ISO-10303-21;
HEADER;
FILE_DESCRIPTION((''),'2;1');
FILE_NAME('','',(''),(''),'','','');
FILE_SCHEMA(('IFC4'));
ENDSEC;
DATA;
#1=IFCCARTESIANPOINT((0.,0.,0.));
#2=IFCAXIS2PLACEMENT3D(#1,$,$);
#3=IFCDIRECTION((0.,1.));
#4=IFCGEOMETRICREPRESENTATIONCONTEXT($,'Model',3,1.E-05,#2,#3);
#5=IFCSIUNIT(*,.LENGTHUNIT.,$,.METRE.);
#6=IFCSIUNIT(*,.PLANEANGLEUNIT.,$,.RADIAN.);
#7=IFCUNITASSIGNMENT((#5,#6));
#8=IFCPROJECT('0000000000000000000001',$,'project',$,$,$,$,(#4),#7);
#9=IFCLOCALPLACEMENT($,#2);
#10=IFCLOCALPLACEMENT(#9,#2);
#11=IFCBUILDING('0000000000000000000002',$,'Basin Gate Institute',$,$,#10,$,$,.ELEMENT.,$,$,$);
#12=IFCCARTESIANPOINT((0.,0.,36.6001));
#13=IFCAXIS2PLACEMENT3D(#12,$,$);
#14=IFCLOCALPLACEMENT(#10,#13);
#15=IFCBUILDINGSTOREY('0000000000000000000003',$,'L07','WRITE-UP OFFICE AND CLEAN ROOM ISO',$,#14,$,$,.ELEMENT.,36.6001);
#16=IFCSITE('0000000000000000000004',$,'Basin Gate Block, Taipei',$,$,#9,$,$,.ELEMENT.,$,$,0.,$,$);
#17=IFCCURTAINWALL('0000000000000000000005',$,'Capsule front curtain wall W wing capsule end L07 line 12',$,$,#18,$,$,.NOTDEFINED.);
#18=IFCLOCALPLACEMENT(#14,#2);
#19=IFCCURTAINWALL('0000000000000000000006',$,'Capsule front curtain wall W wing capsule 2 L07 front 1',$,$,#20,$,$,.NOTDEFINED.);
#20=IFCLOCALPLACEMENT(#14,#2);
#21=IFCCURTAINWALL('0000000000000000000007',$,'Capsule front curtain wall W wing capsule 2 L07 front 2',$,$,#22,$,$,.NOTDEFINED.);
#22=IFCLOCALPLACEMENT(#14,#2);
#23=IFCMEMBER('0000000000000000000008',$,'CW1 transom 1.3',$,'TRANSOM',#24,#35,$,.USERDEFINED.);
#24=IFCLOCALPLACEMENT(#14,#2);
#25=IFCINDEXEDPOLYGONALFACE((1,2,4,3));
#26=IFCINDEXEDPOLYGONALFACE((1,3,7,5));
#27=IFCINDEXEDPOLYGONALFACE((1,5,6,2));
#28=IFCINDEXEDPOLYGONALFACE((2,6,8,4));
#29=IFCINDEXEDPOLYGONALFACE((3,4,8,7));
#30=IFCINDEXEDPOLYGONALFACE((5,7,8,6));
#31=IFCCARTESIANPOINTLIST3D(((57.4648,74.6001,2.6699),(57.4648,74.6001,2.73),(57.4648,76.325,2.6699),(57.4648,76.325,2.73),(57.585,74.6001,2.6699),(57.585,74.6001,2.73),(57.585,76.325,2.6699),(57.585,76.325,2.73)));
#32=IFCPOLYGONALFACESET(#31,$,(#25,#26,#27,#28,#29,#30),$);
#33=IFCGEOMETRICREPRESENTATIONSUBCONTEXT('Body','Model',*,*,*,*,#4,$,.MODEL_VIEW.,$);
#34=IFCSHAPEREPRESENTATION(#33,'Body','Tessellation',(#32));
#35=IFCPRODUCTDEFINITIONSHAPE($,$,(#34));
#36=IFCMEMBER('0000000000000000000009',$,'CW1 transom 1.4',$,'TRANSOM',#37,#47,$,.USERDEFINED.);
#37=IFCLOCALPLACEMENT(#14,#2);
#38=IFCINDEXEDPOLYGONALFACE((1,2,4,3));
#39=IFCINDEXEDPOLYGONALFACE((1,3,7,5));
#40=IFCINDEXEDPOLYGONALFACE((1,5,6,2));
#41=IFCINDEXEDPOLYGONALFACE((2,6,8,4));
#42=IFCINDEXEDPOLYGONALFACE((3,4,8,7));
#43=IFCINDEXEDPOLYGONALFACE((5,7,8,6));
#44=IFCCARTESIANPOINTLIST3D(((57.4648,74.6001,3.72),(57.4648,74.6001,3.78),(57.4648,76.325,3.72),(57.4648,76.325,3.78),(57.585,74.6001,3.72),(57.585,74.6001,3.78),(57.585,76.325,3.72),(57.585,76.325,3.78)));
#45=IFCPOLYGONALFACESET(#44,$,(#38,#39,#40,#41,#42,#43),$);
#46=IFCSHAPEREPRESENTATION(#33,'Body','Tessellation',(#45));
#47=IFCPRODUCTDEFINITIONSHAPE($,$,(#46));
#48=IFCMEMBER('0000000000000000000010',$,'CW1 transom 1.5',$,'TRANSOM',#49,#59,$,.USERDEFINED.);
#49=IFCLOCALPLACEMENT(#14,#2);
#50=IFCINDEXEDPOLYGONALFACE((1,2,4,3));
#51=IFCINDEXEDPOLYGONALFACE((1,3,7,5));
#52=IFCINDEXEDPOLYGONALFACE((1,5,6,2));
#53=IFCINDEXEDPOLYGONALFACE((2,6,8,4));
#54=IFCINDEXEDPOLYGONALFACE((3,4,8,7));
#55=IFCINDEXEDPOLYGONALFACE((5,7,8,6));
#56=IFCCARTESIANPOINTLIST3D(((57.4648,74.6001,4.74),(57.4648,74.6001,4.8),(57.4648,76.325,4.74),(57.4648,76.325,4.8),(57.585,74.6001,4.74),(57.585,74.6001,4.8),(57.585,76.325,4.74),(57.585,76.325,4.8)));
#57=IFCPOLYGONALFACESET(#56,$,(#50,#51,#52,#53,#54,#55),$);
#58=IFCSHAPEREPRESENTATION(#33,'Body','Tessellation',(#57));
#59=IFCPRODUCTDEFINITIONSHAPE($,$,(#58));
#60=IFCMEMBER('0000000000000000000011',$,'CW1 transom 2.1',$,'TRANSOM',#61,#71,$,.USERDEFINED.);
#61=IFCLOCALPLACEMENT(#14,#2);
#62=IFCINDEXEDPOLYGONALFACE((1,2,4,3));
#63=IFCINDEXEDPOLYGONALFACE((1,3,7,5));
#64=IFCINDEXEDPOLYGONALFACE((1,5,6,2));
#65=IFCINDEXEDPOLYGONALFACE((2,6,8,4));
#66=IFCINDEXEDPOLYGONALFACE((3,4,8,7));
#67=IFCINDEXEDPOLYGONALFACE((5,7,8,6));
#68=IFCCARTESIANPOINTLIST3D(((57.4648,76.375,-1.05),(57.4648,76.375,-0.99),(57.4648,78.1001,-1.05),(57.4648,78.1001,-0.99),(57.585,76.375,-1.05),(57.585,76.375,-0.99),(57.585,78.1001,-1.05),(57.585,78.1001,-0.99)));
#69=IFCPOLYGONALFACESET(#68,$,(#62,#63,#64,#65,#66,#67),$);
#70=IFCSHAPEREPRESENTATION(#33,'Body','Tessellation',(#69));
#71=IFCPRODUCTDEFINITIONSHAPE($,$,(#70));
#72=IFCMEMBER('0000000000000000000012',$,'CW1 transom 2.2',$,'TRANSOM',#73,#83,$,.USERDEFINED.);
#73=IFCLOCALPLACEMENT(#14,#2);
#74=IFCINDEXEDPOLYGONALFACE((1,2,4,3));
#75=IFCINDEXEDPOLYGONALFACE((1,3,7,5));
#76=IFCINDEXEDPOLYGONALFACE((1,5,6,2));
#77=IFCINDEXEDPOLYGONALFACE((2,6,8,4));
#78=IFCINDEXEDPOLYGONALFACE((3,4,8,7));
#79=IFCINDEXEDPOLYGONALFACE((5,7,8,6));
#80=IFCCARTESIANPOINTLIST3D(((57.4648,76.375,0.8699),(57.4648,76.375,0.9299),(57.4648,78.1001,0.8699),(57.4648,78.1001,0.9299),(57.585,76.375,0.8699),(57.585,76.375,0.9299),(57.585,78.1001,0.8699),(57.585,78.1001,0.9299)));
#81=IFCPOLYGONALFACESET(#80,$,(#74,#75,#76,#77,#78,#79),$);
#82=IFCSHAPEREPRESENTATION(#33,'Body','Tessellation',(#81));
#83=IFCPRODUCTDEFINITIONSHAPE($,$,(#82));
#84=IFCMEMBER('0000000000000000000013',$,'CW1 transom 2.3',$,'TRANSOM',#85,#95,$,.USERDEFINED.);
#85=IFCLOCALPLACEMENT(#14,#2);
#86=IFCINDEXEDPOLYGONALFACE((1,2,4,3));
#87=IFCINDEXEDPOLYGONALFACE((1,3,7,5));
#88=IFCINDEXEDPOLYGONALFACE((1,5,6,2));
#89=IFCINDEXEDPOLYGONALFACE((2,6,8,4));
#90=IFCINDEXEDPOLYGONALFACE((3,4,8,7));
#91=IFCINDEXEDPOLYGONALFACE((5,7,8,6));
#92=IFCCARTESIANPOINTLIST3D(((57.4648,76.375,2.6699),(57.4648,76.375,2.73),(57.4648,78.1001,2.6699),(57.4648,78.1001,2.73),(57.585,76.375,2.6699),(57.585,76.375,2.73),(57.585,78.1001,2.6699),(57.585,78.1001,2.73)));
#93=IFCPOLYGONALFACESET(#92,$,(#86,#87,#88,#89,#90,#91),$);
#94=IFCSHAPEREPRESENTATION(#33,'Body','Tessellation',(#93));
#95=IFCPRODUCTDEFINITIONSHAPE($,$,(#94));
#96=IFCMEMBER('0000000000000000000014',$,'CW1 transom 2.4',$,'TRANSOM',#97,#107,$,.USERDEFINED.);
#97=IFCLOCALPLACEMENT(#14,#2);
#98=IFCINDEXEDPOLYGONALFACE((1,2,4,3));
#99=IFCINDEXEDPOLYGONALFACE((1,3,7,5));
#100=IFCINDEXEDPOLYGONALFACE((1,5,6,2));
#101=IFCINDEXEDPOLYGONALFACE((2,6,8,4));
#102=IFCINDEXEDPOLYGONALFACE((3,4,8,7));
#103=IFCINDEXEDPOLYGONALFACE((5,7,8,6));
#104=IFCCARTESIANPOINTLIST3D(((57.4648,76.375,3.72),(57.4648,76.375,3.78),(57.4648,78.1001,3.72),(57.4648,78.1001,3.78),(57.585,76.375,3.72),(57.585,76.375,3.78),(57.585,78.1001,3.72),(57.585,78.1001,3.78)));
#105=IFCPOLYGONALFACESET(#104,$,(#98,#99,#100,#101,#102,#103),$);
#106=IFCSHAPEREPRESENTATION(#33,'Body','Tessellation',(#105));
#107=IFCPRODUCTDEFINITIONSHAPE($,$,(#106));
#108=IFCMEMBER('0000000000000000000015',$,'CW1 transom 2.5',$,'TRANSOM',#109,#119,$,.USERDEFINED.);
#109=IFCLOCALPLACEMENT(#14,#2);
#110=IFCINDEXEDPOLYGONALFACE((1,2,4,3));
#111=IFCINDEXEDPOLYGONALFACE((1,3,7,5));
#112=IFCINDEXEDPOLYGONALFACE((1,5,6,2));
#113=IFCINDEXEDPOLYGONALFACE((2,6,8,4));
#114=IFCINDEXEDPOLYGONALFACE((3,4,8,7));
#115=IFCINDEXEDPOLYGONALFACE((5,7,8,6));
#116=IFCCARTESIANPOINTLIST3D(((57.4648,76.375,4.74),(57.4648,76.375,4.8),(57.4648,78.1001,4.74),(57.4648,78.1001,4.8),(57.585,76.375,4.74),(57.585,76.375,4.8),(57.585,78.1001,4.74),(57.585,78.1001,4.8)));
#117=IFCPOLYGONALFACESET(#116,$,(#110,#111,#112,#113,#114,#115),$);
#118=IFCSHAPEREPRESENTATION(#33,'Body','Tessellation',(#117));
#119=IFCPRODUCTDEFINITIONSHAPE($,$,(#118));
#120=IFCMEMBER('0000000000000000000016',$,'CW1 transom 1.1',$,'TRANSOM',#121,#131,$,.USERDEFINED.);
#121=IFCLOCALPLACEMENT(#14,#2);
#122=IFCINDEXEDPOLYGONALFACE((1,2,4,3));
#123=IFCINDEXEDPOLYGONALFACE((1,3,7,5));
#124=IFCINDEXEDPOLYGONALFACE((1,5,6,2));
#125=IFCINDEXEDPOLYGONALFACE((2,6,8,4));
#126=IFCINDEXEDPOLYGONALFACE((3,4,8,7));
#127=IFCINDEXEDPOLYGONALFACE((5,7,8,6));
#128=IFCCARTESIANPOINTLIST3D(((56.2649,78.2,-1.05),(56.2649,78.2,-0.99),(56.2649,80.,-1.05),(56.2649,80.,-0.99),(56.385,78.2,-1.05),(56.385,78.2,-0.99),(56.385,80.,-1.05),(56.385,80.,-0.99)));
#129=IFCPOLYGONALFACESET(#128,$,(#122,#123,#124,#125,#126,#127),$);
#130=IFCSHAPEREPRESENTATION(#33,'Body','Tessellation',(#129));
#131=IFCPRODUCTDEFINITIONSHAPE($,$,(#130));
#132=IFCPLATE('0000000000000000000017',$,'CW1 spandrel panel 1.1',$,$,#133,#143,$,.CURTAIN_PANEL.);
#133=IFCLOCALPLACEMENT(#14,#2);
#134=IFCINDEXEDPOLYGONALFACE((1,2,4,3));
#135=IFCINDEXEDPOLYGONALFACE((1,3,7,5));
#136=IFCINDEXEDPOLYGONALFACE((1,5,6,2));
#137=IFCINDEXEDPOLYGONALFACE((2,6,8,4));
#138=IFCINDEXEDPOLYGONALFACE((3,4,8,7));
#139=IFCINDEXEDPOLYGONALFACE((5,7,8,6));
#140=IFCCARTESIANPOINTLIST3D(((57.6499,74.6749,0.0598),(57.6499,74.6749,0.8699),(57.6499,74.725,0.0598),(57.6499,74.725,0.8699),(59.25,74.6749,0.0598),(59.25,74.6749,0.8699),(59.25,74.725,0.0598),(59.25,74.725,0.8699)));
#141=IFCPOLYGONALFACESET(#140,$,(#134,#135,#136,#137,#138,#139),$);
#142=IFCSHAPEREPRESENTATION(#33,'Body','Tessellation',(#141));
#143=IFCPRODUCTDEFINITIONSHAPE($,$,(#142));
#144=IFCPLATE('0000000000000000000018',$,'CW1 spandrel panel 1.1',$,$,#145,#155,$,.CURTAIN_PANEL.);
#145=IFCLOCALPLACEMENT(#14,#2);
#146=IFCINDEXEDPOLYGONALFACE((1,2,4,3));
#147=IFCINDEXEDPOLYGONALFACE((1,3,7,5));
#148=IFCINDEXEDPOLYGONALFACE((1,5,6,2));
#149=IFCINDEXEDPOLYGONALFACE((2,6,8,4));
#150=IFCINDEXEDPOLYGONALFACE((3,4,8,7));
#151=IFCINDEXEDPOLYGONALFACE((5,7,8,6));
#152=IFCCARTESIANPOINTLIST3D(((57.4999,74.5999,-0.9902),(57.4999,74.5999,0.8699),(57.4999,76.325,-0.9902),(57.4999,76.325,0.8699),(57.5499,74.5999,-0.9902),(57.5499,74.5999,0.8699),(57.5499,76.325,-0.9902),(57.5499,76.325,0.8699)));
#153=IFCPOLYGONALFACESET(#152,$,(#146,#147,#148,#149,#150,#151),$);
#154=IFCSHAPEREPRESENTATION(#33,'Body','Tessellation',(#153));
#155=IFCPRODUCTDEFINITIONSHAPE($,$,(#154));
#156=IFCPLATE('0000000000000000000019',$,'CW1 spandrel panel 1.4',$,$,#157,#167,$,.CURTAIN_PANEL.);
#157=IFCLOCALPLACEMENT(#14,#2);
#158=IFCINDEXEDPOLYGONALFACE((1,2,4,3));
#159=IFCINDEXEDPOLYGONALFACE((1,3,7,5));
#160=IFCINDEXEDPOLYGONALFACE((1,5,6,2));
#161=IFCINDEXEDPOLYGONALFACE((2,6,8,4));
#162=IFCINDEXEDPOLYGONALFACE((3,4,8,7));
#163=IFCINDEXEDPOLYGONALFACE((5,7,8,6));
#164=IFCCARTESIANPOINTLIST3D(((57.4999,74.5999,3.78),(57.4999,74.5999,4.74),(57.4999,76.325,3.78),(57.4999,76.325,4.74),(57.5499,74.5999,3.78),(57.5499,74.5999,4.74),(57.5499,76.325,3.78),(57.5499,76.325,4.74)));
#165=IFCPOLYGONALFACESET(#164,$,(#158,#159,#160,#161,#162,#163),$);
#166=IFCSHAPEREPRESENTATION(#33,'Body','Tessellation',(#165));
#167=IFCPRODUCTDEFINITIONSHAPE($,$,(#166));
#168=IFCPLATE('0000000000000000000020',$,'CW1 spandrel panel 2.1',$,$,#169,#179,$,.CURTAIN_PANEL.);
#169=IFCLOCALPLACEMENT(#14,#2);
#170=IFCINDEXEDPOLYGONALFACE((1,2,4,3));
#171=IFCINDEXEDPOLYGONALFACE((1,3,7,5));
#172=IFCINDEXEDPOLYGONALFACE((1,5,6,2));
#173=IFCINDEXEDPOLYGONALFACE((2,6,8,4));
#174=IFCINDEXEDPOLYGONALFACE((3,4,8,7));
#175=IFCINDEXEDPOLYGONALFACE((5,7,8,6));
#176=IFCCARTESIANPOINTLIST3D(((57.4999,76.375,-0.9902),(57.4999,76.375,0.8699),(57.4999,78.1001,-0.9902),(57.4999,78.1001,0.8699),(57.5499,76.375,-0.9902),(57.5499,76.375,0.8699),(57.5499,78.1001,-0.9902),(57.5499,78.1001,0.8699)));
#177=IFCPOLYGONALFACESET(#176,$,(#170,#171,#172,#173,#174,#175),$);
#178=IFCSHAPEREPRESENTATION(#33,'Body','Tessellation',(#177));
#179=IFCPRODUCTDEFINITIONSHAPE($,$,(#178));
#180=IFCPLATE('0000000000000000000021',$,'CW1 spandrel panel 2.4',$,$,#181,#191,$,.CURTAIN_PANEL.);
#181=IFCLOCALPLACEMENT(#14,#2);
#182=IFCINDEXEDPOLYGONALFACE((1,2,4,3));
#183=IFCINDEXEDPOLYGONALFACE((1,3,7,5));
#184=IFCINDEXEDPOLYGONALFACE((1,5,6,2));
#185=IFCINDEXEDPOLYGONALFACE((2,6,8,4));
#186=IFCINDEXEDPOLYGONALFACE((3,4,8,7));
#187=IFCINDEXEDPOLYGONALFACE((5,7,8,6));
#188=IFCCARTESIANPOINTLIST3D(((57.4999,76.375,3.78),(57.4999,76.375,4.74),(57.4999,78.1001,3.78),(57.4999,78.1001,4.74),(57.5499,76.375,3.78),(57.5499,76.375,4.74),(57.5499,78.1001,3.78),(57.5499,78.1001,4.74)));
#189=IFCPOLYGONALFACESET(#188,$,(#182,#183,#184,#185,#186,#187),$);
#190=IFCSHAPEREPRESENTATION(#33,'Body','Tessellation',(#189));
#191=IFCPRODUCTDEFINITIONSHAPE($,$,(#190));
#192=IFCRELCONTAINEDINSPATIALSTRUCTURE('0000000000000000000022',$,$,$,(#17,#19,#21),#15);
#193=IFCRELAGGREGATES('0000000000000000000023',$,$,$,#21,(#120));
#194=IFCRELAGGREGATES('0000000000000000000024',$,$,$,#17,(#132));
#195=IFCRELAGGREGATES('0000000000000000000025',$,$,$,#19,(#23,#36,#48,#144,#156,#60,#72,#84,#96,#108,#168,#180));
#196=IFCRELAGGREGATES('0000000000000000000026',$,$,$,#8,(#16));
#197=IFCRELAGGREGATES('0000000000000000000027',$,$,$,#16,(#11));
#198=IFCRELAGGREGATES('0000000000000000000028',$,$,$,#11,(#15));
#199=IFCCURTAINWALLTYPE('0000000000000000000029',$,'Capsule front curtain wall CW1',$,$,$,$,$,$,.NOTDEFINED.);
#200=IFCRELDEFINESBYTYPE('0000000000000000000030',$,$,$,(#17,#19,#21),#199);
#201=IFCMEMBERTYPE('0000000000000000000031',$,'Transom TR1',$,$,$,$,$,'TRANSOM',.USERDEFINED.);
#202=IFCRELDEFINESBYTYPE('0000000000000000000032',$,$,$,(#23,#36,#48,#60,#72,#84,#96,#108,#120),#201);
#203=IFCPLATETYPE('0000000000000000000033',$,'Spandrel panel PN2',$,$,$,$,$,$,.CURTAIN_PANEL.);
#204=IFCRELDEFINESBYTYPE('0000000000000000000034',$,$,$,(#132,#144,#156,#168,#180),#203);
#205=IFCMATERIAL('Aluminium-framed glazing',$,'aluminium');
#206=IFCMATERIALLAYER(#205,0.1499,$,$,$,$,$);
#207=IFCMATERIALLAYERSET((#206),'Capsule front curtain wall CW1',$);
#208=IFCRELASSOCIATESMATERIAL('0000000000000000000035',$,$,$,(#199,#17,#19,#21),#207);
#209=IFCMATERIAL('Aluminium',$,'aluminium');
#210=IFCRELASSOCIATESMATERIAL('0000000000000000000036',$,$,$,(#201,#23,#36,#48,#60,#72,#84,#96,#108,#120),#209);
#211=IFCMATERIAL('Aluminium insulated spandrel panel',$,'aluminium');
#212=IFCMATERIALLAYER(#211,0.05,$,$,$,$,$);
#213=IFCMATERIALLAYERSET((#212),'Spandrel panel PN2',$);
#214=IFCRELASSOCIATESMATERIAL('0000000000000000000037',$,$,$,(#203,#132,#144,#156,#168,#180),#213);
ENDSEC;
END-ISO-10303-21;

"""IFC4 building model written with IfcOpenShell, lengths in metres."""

from ifc_helpers import new_model, si_unit, direction, frame, origin, origin_2d, place, context, subcontext, project, spatial, rectangle, extrude, material, layer, layer_set, material_profile, profile_set, type_object, element, aggregate, save


model = new_model("IFC4")

# Units and contexts
model_context = context("Model", 3, precision=1e-05, world=origin(), true_north=direction((0.0, 1.0)))
body_context = subcontext(model_context, "Body", "Model", "MODEL_VIEW")
ifc_project = project(units=[si_unit("LENGTHUNIT", "METRE"), si_unit("PLANEANGLEUNIT", "RADIAN")], contexts=[model_context])

# Site, building, storey
site_placement = place(None, origin())
site = spatial("IfcSite", under=ifc_project, at=site_placement, Name="Basin Gate Block, Taipei", CompositionType="ELEMENT", RefElevation=0.0)
building_placement = place(site_placement, origin())
building = spatial("IfcBuilding", under=site, at=building_placement, Name="Basin Gate Institute", CompositionType="ELEMENT")
storey_placement = place(building_placement, frame((0.0, 0.0, 36.6001)))
storey = spatial("IfcBuildingStorey", under=building, at=storey_placement, Name="L07", Description="WRITE-UP OFFICE AND CLEAN ROOM ISO", CompositionType="ELEMENT", Elevation=36.6001)

# Curtain walls
ifc_material_1 = material(Name="Aluminium-framed glazing", Category="aluminium")
ifc_layer_1 = layer(ifc_material_1, 0.1499)
ifc_layer_set_1 = layer_set([ifc_layer_1], Name="Capsule front curtain wall CW1")
curtain_wall_type = type_object("IfcCurtainWallType", Name="Capsule front curtain wall CW1", PredefinedType="NOTDEFINED", material=ifc_layer_set_1)
curtain_wall_1_placement = place(storey_placement, origin())
curtain_wall_1 = element("IfcCurtainWall", 1, at=curtain_wall_1_placement, inside=storey, type_object=curtain_wall_type, material=ifc_layer_set_1, Name="Capsule front curtain wall W wing capsule end L07 line 12", PredefinedType="NOTDEFINED")
curtain_wall_2_placement = place(storey_placement, origin())
curtain_wall_2 = element("IfcCurtainWall", 2, at=curtain_wall_2_placement, inside=storey, type_object=curtain_wall_type, material=ifc_layer_set_1, Name="Capsule front curtain wall W wing capsule 2 L07 front 1", PredefinedType="NOTDEFINED")

# Curtain wall
curtain_wall_3_placement = place(storey_placement, origin())
curtain_wall_3 = element("IfcCurtainWall", 3, at=curtain_wall_3_placement, inside=storey, type_object=curtain_wall_type, material=ifc_layer_set_1, Name="Capsule front curtain wall W wing capsule 2 L07 front 2", PredefinedType="NOTDEFINED")

# Members
ifc_material_2 = material(Name="Aluminium", Category="aluminium")
ifc_material_profile_1 = material_profile(ifc_material_2, rectangle(XDim=0.1201, YDim=0.0601, at=origin_2d()), Name="Transom TR1 120 x 60")
ifc_profile_set_1 = profile_set([ifc_material_profile_1], Name="Aluminium")
member_type_1 = type_object("IfcMemberType", Name="Transom TR1", ElementType="TRANSOM", PredefinedType="USERDEFINED", material=ifc_profile_set_1)
member_1_placement = place(storey_placement, frame((57.5249, 74.6001, 2.7), z_axis=(0.0, 1.0, 0.0), x_axis=(-1.0, 0.0, 0.0)))
member_1 = element("IfcMember", 4, at=member_1_placement, type_object=member_type_1, material=ifc_profile_set_1, Name="CW1 transom 1.3", ObjectType="TRANSOM", PredefinedType="USERDEFINED", context=body_context, shape_type="SweptSolid", body=[
    extrude(rectangle(XDim=0.1201, YDim=0.0601, at=origin_2d()), origin(), (0.0, 0.0, 1.0), 1.7249),
])
member_2_placement = place(storey_placement, frame((57.5249, 74.6001, 3.75), z_axis=(0.0, 1.0, 0.0), x_axis=(-1.0, 0.0, 0.0)))
member_2 = element("IfcMember", 5, at=member_2_placement, type_object=member_type_1, material=ifc_profile_set_1, Name="CW1 transom 1.4", ObjectType="TRANSOM", PredefinedType="USERDEFINED", context=body_context, shape_type="SweptSolid", body=[
    extrude(rectangle(XDim=0.1201, YDim=0.0601, at=origin_2d()), origin(), (0.0, 0.0, 1.0), 1.7249),
])
member_3_placement = place(storey_placement, frame((57.5249, 74.6001, 4.77), z_axis=(0.0, 1.0, 0.0), x_axis=(-1.0, 0.0, 0.0)))
member_3 = element("IfcMember", 6, at=member_3_placement, type_object=member_type_1, material=ifc_profile_set_1, Name="CW1 transom 1.5", ObjectType="TRANSOM", PredefinedType="USERDEFINED", context=body_context, shape_type="SweptSolid", body=[
    extrude(rectangle(XDim=0.1201, YDim=0.0601, at=origin_2d()), origin(), (0.0, 0.0, 1.0), 1.7249),
])
member_4_placement = place(storey_placement, frame((57.5249, 76.375, -1.02), z_axis=(0.0, 1.0, 0.0), x_axis=(-1.0, 0.0, 0.0)))
member_4 = element("IfcMember", 7, at=member_4_placement, type_object=member_type_1, material=ifc_profile_set_1, Name="CW1 transom 2.1", ObjectType="TRANSOM", PredefinedType="USERDEFINED", context=body_context, shape_type="SweptSolid", body=[
    extrude(rectangle(XDim=0.1201, YDim=0.0601, at=origin_2d()), origin(), (0.0, 0.0, 1.0), 1.7251),
])
member_5_placement = place(storey_placement, frame((57.5249, 76.375, 0.8999), z_axis=(0.0, 1.0, 0.0), x_axis=(-1.0, 0.0, 0.0)))
member_5 = element("IfcMember", 8, at=member_5_placement, type_object=member_type_1, material=ifc_profile_set_1, Name="CW1 transom 2.2", ObjectType="TRANSOM", PredefinedType="USERDEFINED", context=body_context, shape_type="SweptSolid", body=[
    extrude(rectangle(XDim=0.1201, YDim=0.0601, at=origin_2d()), origin(), (0.0, 0.0, 1.0), 1.7251),
])
member_6_placement = place(storey_placement, frame((57.5249, 76.375, 2.7), z_axis=(0.0, 1.0, 0.0), x_axis=(-1.0, 0.0, 0.0)))
member_6 = element("IfcMember", 9, at=member_6_placement, type_object=member_type_1, material=ifc_profile_set_1, Name="CW1 transom 2.3", ObjectType="TRANSOM", PredefinedType="USERDEFINED", context=body_context, shape_type="SweptSolid", body=[
    extrude(rectangle(XDim=0.1201, YDim=0.0601, at=origin_2d()), origin(), (0.0, 0.0, 1.0), 1.7251),
])
member_7_placement = place(storey_placement, frame((57.5249, 76.375, 3.75), z_axis=(0.0, 1.0, 0.0), x_axis=(-1.0, 0.0, 0.0)))
member_7 = element("IfcMember", 10, at=member_7_placement, type_object=member_type_1, material=ifc_profile_set_1, Name="CW1 transom 2.4", ObjectType="TRANSOM", PredefinedType="USERDEFINED", context=body_context, shape_type="SweptSolid", body=[
    extrude(rectangle(XDim=0.1201, YDim=0.0601, at=origin_2d()), origin(), (0.0, 0.0, 1.0), 1.7251),
])
member_8_placement = place(storey_placement, frame((57.5249, 76.375, 4.77), z_axis=(0.0, 1.0, 0.0), x_axis=(-1.0, 0.0, 0.0)))
member_8 = element("IfcMember", 11, at=member_8_placement, type_object=member_type_1, material=ifc_profile_set_1, Name="CW1 transom 2.5", ObjectType="TRANSOM", PredefinedType="USERDEFINED", context=body_context, shape_type="SweptSolid", body=[
    extrude(rectangle(XDim=0.1201, YDim=0.0601, at=origin_2d()), origin(), (0.0, 0.0, 1.0), 1.7251),
])
member_9_placement = place(storey_placement, frame((56.325, 78.2, -1.02), z_axis=(0.0, 1.0, 0.0), x_axis=(-1.0, 0.0, 0.0)))
member_9 = element("IfcMember", 12, at=member_9_placement, type_object=member_type_1, material=ifc_profile_set_1, Name="CW1 transom 1.1", ObjectType="TRANSOM", PredefinedType="USERDEFINED", context=body_context, shape_type="SweptSolid", body=[
    extrude(rectangle(XDim=0.1201, YDim=0.0601, at=origin_2d()), origin(), (0.0, 0.0, 1.0), 1.8),
])
aggregate(curtain_wall_3, [member_9])

# Plates
ifc_material_3 = material(Name="Aluminium insulated spandrel panel", Category="aluminium")
ifc_layer_2 = layer(ifc_material_3, 0.05)
ifc_layer_set_2 = layer_set([ifc_layer_2], Name="Spandrel panel PN2")
plate_type_1 = type_object("IfcPlateType", Name="Spandrel panel PN2", PredefinedType="CURTAIN_PANEL", material=ifc_layer_set_2)
plate_1_placement = place(storey_placement, frame((58.45, 74.7, 0.0598), z_axis=(0.0, 0.0, 1.0), x_axis=(1.0, 0.0, 0.0)))
plate_1 = element("IfcPlate", 13, at=plate_1_placement, type_object=plate_type_1, material=ifc_layer_set_2, Name="CW1 spandrel panel 1.1", PredefinedType="CURTAIN_PANEL", context=body_context, shape_type="SweptSolid", body=[
    extrude(rectangle(XDim=1.6001, YDim=0.05, at=origin_2d()), origin(), (0.0, 0.0, 1.0), 0.8101),
])
plate_2_placement = place(storey_placement, frame((57.5249, 75.4624, -0.9902), z_axis=(0.0, 0.0, 1.0), x_axis=(0.0, 1.0, 0.0)))
plate_2 = element("IfcPlate", 14, at=plate_2_placement, type_object=plate_type_1, material=ifc_layer_set_2, Name="CW1 spandrel panel 1.1", PredefinedType="CURTAIN_PANEL", context=body_context, shape_type="SweptSolid", body=[
    extrude(rectangle(XDim=1.7251, YDim=0.05, at=origin_2d()), origin(), (0.0, 0.0, 1.0), 1.8601),
])
plate_3_placement = place(storey_placement, frame((57.5249, 75.4624, 3.78), z_axis=(0.0, 0.0, 1.0), x_axis=(0.0, 1.0, 0.0)))
plate_3 = element("IfcPlate", 15, at=plate_3_placement, type_object=plate_type_1, material=ifc_layer_set_2, Name="CW1 spandrel panel 1.4", PredefinedType="CURTAIN_PANEL", context=body_context, shape_type="SweptSolid", body=[
    extrude(rectangle(XDim=1.7251, YDim=0.05, at=origin_2d()), origin(), (0.0, 0.0, 1.0), 0.96),
])
plate_4_placement = place(storey_placement, frame((57.5249, 77.2375, -0.9902), z_axis=(0.0, 0.0, 1.0), x_axis=(0.0, 1.0, 0.0)))
plate_4 = element("IfcPlate", 16, at=plate_4_placement, type_object=plate_type_1, material=ifc_layer_set_2, Name="CW1 spandrel panel 2.1", PredefinedType="CURTAIN_PANEL", context=body_context, shape_type="SweptSolid", body=[
    extrude(rectangle(XDim=1.7251, YDim=0.05, at=origin_2d()), origin(), (0.0, 0.0, 1.0), 1.8601),
])
plate_5_placement = place(storey_placement, frame((57.5249, 77.2375, 3.78), z_axis=(0.0, 0.0, 1.0), x_axis=(0.0, 1.0, 0.0)))
plate_5 = element("IfcPlate", 17, at=plate_5_placement, type_object=plate_type_1, material=ifc_layer_set_2, Name="CW1 spandrel panel 2.4", PredefinedType="CURTAIN_PANEL", context=body_context, shape_type="SweptSolid", body=[
    extrude(rectangle(XDim=1.7251, YDim=0.05, at=origin_2d()), origin(), (0.0, 0.0, 1.0), 0.96),
])
aggregate(curtain_wall_1, [plate_1])
aggregate(curtain_wall_2, [member_1, member_2, member_3, plate_2, plate_3, member_4, member_5, member_6, member_7, member_8, plate_4, plate_5])

save(model, "model.ifc")
